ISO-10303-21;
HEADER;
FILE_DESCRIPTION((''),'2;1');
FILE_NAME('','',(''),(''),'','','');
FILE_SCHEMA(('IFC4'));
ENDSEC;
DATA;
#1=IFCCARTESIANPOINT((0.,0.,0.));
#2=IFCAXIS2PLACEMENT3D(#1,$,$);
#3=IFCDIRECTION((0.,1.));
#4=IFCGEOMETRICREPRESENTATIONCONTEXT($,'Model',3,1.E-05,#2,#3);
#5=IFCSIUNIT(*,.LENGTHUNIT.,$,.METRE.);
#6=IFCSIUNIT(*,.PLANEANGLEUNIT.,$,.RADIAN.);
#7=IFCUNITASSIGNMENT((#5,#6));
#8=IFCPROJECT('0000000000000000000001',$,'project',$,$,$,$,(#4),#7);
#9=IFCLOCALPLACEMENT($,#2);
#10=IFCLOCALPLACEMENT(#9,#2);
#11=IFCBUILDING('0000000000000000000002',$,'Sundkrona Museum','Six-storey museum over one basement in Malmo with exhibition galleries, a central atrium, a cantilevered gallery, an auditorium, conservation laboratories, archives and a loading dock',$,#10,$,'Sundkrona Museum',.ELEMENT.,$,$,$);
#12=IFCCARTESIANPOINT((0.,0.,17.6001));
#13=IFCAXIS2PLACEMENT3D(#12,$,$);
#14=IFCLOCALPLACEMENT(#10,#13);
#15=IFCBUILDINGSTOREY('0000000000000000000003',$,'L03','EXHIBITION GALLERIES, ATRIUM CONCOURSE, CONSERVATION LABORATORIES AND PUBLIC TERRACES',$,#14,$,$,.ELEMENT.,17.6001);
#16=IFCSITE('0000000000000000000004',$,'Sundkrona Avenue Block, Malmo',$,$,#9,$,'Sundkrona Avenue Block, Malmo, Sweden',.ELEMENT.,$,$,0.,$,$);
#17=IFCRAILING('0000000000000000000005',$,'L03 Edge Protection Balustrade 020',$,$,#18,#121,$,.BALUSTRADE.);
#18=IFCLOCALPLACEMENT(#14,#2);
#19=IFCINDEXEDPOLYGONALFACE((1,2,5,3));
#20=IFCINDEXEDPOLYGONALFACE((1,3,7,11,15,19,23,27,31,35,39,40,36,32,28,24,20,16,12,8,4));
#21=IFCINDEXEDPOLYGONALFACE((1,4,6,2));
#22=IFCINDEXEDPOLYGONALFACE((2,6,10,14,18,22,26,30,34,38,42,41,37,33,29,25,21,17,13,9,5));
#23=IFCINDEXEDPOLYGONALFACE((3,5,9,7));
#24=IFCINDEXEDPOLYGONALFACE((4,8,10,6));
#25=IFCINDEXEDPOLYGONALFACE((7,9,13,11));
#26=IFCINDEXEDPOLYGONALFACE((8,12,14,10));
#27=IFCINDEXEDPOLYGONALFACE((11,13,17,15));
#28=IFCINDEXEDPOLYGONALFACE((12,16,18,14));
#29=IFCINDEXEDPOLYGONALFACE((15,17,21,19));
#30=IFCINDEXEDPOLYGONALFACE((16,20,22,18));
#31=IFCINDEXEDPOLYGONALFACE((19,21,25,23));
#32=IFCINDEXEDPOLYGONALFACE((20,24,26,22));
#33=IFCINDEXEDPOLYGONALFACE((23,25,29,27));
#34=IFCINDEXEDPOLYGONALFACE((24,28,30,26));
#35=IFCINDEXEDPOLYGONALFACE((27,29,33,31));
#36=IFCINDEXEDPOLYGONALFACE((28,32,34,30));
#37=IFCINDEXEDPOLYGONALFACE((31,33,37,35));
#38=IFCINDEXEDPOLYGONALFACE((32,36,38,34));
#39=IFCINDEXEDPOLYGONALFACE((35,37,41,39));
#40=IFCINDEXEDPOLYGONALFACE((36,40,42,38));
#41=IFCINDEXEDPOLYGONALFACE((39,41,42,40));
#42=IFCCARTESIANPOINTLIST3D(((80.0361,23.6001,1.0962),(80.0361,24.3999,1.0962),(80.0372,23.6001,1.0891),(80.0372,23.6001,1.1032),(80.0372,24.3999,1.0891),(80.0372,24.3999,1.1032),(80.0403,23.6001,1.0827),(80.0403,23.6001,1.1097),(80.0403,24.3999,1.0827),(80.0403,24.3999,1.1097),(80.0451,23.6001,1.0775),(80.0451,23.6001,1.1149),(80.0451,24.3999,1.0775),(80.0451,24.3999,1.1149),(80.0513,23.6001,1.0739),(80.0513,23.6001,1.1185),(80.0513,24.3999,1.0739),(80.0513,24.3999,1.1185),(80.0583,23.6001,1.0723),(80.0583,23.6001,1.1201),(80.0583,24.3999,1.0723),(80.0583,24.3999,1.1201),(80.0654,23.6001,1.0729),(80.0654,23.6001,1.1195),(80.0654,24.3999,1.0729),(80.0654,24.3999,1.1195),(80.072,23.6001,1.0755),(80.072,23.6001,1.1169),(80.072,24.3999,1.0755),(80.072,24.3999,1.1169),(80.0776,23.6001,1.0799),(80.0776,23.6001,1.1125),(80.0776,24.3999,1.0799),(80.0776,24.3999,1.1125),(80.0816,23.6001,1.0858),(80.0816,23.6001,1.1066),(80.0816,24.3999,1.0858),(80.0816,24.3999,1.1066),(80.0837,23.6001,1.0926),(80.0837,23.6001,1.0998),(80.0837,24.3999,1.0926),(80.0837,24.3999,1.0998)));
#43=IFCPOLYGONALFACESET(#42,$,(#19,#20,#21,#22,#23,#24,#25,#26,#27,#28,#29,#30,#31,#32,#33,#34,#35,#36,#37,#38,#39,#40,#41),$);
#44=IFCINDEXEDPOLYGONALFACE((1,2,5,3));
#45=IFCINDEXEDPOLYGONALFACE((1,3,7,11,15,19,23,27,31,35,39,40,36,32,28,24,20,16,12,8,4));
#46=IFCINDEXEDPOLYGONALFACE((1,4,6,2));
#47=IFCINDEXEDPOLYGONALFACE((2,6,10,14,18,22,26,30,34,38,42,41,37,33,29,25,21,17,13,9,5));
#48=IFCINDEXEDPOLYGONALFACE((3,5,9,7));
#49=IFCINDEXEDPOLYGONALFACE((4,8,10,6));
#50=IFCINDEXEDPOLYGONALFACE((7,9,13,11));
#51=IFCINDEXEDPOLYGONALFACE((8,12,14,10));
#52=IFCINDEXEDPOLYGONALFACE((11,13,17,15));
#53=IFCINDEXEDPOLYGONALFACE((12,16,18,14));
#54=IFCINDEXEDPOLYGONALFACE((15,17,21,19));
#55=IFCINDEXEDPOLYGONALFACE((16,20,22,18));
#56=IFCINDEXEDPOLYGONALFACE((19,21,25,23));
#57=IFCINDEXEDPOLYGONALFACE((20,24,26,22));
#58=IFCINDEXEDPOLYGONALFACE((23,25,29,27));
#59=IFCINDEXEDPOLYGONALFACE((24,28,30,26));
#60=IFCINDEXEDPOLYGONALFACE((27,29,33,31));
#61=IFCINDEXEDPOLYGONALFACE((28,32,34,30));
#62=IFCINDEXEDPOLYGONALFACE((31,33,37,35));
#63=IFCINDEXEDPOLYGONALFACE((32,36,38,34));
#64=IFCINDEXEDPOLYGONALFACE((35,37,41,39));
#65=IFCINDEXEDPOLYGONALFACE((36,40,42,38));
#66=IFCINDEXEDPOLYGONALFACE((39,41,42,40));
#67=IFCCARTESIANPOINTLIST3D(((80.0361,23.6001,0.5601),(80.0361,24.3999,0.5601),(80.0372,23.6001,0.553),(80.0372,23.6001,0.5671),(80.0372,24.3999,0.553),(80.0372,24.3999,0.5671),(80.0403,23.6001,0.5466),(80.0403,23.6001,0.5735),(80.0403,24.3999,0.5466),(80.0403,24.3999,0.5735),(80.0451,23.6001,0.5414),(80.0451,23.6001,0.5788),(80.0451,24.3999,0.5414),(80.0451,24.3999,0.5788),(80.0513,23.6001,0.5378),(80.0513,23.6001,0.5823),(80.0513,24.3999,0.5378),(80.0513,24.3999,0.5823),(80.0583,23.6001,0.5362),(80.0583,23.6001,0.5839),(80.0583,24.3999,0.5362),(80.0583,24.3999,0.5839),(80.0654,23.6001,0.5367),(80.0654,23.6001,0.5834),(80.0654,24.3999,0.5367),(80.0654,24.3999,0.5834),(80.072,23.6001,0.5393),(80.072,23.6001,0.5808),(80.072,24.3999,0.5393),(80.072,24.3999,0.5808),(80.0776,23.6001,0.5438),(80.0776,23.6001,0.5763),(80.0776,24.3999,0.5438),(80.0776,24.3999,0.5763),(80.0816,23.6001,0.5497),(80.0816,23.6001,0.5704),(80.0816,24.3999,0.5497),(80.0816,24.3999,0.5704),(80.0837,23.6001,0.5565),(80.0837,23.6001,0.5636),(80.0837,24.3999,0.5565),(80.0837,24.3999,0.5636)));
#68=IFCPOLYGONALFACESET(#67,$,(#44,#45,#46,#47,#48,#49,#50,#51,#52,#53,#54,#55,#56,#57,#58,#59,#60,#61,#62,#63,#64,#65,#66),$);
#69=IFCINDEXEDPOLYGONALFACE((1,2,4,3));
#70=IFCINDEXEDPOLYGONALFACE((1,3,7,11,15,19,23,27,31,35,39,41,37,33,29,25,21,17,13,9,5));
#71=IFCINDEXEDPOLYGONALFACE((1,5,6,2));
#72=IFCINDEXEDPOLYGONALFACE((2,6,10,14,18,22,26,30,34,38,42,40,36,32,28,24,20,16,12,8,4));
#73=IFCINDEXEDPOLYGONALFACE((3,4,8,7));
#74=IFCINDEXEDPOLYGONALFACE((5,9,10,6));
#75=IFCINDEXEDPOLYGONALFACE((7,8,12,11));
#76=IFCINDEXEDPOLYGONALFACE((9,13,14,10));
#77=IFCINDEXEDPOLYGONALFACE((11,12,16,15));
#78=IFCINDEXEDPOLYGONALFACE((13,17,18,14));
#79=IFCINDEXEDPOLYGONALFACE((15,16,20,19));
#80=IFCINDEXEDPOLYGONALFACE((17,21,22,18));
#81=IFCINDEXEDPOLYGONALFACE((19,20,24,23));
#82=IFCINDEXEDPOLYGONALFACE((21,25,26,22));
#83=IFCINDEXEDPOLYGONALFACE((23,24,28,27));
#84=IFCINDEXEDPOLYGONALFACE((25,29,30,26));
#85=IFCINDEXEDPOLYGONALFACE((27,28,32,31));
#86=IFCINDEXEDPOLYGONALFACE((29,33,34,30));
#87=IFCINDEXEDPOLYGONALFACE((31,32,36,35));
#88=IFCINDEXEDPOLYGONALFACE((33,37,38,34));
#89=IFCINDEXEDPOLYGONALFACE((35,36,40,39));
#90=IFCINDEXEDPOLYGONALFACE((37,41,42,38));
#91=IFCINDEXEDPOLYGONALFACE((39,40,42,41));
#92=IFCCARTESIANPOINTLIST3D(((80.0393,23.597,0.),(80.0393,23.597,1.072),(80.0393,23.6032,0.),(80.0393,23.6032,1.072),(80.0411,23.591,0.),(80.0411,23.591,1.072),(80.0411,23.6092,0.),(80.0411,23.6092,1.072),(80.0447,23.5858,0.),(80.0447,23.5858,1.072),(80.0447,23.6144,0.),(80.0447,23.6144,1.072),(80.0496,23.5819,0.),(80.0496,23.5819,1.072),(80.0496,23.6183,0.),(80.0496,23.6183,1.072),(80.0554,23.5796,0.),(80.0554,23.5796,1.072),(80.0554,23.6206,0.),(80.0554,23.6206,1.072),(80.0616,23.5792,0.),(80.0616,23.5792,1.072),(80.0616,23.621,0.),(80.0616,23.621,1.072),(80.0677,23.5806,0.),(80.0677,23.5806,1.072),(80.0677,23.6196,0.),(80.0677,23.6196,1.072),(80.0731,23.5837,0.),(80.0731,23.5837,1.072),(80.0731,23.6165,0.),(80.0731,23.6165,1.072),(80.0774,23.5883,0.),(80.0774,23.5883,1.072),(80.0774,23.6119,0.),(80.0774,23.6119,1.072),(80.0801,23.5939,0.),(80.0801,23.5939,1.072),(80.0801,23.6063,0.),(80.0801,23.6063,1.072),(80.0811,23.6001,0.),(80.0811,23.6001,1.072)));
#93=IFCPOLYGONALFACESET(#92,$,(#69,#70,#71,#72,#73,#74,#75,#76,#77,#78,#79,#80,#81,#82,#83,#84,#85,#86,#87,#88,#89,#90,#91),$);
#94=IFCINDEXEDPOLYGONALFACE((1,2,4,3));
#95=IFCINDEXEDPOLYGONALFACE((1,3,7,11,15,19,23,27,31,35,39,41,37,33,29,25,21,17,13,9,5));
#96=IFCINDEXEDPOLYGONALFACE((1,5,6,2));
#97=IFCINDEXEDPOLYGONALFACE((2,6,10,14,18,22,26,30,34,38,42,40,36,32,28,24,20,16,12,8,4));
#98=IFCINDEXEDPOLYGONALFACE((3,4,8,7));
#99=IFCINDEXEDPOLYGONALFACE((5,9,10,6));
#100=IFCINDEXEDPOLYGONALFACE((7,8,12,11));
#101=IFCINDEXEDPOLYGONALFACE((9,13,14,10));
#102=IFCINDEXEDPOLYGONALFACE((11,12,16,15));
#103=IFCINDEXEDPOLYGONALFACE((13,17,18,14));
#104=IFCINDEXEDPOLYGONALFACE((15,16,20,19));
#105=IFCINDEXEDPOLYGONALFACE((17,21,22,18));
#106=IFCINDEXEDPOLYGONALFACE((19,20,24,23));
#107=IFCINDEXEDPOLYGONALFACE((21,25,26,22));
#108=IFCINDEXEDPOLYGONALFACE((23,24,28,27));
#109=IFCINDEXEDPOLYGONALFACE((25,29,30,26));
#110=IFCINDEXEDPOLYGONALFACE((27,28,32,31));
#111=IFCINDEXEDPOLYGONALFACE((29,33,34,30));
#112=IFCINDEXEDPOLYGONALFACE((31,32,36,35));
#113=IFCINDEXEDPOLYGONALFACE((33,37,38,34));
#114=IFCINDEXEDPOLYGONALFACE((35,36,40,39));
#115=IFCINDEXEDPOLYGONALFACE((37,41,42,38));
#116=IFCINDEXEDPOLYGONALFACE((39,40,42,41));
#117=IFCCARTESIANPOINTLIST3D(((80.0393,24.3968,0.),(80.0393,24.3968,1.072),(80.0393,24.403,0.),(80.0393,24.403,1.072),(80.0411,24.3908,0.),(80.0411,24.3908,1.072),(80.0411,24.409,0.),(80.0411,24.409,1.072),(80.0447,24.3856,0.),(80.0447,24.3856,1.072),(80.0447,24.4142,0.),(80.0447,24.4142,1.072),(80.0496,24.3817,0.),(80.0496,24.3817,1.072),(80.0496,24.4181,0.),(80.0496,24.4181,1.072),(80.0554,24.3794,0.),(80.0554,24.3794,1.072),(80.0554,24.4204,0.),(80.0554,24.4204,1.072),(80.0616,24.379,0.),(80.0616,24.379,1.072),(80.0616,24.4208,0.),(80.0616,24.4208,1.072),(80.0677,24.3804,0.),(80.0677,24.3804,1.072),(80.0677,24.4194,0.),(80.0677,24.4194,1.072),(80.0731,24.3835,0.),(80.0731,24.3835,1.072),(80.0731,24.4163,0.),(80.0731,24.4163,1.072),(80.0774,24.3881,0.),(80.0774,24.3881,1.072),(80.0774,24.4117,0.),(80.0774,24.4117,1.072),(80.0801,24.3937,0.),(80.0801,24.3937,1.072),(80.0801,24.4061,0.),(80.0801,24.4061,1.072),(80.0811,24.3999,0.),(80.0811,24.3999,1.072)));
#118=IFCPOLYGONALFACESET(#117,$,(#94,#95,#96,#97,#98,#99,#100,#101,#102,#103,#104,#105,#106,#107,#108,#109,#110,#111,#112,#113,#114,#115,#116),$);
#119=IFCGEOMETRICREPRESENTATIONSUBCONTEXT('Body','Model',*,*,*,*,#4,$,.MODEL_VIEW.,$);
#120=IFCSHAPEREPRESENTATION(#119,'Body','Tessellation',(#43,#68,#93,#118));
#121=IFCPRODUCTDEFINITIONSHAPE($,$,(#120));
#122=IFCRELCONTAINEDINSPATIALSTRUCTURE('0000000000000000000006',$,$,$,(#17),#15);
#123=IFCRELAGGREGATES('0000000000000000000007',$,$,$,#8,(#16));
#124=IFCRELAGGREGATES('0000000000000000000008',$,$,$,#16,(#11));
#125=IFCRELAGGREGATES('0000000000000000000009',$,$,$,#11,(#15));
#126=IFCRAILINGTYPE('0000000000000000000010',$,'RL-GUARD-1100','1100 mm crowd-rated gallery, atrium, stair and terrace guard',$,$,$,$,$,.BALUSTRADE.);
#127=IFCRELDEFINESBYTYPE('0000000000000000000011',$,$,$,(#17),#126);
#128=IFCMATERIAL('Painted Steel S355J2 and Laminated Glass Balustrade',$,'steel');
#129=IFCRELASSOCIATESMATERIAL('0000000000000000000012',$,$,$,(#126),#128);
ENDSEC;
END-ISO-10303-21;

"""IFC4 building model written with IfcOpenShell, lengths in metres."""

from ifc_helpers import new_model, si_unit, direction, frame, origin, origin_2d, place, context, subcontext, project, spatial, circle, extrude, material, type_object, element, save


model = new_model("IFC4")

# Units and contexts
model_context = context("Model", 3, precision=1e-05, world=origin(), true_north=direction((0.0, 1.0)))
body_context = subcontext(model_context, "Body", "Model", "MODEL_VIEW")
ifc_project = project(units=[si_unit("LENGTHUNIT", "METRE"), si_unit("PLANEANGLEUNIT", "RADIAN")], contexts=[model_context])

# Site, building, storey
site_placement = place(None, origin())
site = spatial("IfcSite", under=ifc_project, at=site_placement, Name="Sundkrona Avenue Block, Malmo", LongName="Sundkrona Avenue Block, Malmo, Sweden", CompositionType="ELEMENT", RefElevation=0.0)
building_placement = place(site_placement, origin())
building = spatial("IfcBuilding", under=site, at=building_placement, Name="Sundkrona Museum", Description="Six-storey museum over one basement in Malmo with exhibition galleries, a central atrium, a cantilevered gallery, an auditorium, conservation laboratories, archives and a loading dock", LongName="Sundkrona Museum", CompositionType="ELEMENT")
storey_placement = place(building_placement, frame((0.0, 0.0, 17.6001)))
storey = spatial("IfcBuildingStorey", under=building, at=storey_placement, Name="L03", Description="EXHIBITION GALLERIES, ATRIUM CONCOURSE, CONSERVATION LABORATORIES AND PUBLIC TERRACES", CompositionType="ELEMENT", Elevation=17.6001)

# Railing
ifc_material_1 = material(Name="Painted Steel S355J2 and Laminated Glass Balustrade", Category="steel")
railing_type = type_object("IfcRailingType", Name="RL-GUARD-1100", Description="1100 mm crowd-rated gallery, atrium, stair and terrace guard", PredefinedType="BALUSTRADE", material=ifc_material_1)
for number, where, name in (
    (1, (80.0601, 23.6001, 0.0), "L03 Edge Protection Balustrade 020"),
):
    element("IfcRailing", number, at=place(storey_placement, frame(where)), inside=storey, type_object=railing_type, Name=name, PredefinedType="BALUSTRADE", context=body_context, shape_type="SweptSolid", body=[
        extrude(circle(Radius=0.0239, at=origin_2d()), frame((0.0, 0.0, 1.0962), z_axis=(0.0, 1.0, 0.0), x_axis=(-1.0, 0.0, 0.0)), (0.0, 0.0, 1.0), 0.7998),
        extrude(circle(Radius=0.0239, at=origin_2d()), frame((0.0, 0.0, 0.5601), z_axis=(0.0, 1.0, 0.0), x_axis=(-1.0, 0.0, 0.0)), (0.0, 0.0, 1.0), 0.7998),
        extrude(circle(Radius=0.021, at=origin_2d()), origin(), (0.0, 0.0, 1.0), 1.072),
        extrude(circle(Radius=0.021, at=origin_2d()), frame((0.0, 0.7998, 0.0)), (0.0, 0.0, 1.0), 1.072),
    ])

save(model, "model.ifc")
